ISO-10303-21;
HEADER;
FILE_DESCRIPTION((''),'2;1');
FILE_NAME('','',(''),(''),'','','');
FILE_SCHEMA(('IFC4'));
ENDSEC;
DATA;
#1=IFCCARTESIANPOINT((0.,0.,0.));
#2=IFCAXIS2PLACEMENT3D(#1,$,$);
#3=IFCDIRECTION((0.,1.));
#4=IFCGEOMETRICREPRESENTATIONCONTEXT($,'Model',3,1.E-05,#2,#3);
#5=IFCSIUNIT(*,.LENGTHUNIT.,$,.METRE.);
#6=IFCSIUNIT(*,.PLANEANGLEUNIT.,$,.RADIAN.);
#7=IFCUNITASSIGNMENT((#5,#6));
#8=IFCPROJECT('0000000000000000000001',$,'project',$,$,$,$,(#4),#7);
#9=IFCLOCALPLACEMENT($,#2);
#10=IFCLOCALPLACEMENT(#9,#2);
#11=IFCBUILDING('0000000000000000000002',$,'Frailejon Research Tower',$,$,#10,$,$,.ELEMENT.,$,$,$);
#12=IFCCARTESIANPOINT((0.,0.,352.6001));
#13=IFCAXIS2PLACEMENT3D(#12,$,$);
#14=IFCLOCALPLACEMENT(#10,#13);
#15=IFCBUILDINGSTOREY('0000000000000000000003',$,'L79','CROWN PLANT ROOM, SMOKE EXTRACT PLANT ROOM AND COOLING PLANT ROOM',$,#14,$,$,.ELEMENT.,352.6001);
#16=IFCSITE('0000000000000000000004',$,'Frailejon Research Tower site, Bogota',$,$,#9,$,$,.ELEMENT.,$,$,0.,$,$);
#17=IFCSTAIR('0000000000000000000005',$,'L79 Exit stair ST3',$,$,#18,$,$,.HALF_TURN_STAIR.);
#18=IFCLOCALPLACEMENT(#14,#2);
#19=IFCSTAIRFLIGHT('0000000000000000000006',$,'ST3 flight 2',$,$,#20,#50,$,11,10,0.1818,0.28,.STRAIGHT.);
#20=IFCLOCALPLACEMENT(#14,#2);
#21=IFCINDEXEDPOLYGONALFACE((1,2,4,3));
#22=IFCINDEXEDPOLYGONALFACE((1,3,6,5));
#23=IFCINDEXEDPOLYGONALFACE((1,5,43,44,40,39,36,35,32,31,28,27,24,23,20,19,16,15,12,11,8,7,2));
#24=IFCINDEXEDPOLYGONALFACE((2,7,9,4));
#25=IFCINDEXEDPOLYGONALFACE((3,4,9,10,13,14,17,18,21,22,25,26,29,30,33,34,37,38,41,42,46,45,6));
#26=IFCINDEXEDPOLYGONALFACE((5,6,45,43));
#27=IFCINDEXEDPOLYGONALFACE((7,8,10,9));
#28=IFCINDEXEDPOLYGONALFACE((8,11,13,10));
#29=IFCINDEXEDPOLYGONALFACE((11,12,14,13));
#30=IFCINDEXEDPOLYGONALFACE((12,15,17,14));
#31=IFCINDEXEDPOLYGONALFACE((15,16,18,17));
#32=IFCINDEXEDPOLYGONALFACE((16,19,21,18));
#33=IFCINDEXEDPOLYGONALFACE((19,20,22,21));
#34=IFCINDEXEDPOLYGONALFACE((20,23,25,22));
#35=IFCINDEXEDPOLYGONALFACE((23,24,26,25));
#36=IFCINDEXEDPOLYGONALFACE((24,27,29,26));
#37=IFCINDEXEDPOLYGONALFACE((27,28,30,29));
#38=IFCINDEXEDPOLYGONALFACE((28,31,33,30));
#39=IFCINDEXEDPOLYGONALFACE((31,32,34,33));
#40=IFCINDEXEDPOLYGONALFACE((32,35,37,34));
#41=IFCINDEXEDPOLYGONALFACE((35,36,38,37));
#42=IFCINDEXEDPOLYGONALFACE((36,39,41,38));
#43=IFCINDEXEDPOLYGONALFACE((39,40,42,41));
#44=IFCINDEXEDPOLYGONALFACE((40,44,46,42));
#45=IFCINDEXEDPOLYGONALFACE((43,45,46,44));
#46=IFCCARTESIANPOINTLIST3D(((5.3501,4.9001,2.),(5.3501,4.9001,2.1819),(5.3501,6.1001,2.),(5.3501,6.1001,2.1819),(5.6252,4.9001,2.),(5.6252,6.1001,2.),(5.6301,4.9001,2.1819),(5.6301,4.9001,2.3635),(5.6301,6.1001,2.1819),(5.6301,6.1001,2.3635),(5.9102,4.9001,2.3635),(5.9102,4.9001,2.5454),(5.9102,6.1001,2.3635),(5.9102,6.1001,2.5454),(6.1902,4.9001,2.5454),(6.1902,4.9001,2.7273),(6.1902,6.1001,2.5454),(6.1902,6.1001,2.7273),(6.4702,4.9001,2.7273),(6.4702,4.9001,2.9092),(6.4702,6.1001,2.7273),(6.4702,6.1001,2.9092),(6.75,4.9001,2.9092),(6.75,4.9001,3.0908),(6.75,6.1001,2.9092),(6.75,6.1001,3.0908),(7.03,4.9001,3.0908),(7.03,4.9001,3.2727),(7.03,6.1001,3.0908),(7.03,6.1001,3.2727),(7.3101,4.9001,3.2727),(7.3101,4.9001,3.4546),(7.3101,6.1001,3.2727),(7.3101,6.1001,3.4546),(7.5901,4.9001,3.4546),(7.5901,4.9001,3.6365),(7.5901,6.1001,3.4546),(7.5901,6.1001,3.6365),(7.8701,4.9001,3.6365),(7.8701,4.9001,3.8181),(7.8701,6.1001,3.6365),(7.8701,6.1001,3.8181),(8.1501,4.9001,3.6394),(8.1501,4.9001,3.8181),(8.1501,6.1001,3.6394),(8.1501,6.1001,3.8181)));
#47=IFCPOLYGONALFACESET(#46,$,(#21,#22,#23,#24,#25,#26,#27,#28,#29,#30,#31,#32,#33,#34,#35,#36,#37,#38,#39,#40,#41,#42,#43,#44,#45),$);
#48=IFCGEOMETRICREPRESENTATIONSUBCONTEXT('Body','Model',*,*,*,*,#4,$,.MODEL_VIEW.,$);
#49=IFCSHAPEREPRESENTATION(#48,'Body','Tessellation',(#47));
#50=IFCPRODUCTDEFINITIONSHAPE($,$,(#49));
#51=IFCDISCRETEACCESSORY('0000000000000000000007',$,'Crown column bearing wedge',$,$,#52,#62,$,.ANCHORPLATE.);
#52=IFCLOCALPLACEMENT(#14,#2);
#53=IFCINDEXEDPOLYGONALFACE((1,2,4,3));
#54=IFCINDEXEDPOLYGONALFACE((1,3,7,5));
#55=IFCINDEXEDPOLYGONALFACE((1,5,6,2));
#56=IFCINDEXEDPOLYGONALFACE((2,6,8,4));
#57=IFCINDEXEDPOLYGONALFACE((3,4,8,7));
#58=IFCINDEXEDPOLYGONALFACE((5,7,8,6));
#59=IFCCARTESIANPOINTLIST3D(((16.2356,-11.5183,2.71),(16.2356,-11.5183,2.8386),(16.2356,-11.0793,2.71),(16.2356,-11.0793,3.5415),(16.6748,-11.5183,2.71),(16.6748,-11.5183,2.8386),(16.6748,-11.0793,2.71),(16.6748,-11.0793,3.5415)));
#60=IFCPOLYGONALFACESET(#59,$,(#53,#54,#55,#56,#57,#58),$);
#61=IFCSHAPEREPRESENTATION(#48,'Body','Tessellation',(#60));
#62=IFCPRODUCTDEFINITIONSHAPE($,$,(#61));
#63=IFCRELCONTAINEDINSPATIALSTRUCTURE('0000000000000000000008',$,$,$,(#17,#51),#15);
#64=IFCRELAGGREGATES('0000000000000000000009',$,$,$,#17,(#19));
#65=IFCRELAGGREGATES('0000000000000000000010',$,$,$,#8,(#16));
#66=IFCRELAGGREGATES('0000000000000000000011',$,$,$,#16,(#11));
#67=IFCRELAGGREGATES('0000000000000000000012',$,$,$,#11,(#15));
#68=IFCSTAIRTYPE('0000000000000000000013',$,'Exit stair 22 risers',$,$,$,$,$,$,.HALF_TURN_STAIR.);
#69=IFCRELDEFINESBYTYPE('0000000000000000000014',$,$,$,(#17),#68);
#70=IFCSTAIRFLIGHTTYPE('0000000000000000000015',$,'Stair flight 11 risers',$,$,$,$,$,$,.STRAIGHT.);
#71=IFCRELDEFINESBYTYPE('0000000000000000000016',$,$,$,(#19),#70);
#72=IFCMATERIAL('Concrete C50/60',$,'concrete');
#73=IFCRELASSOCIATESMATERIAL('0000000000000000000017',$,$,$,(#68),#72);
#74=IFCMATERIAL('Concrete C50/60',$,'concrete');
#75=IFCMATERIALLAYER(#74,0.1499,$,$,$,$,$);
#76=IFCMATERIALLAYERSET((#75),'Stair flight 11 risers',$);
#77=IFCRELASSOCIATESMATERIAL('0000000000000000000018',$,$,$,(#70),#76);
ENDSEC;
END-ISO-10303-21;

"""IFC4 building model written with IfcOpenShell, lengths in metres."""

from ifc_helpers import new_model, si_unit, direction, frame, origin, place, context, subcontext, project, spatial, polyline, outline, extrude, material, layer, layer_set, type_object, element, aggregate, save


model = new_model("IFC4")

# Units and contexts
model_context = context("Model", 3, precision=1e-05, world=origin(), true_north=direction((0.0, 1.0)))
body_context = subcontext(model_context, "Body", "Model", "MODEL_VIEW")
ifc_project = project(units=[si_unit("LENGTHUNIT", "METRE"), si_unit("PLANEANGLEUNIT", "RADIAN")], contexts=[model_context])

# Site, building, storey
site_placement = place(None, origin())
site = spatial("IfcSite", under=ifc_project, at=site_placement, Name="Frailejon Research Tower site, Bogota", CompositionType="ELEMENT", RefElevation=0.0)
building_placement = place(site_placement, origin())
building = spatial("IfcBuilding", under=site, at=building_placement, Name="Frailejon Research Tower", CompositionType="ELEMENT")
storey_placement = place(building_placement, frame((0.0, 0.0, 352.6001)))
storey = spatial("IfcBuildingStorey", under=building, at=storey_placement, Name="L79", Description="CROWN PLANT ROOM, SMOKE EXTRACT PLANT ROOM AND COOLING PLANT ROOM", CompositionType="ELEMENT", Elevation=352.6001)

# Stair
ifc_material_1 = material(Name="Concrete C50/60", Category="concrete")
stair_type = type_object("IfcStairType", Name="Exit stair 22 risers", PredefinedType="HALF_TURN_STAIR", material=ifc_material_1)
stair_1_placement = place(storey_placement, origin())
stair_1 = element("IfcStair", 1, at=stair_1_placement, inside=storey, type_object=stair_type, Name="L79 Exit stair ST3", PredefinedType="HALF_TURN_STAIR")

# Stair flight
ifc_material_2 = material(Name="Concrete C50/60", Category="concrete")
ifc_layer_1 = layer(ifc_material_2, 0.1499)
ifc_layer_set_1 = layer_set([ifc_layer_1], Name="Stair flight 11 risers")
stair_flight_type = type_object("IfcStairFlightType", Name="Stair flight 11 risers", PredefinedType="STRAIGHT", material=ifc_layer_set_1)
stair_flight_placement = place(storey_placement, frame((5.3501, 5.5, 2.0), z_axis=(0.0, 0.0, 1.0), x_axis=(1.0, 0.0, 0.0)))
stair_flight = element("IfcStairFlight", 2, at=stair_flight_placement, type_object=stair_flight_type, Name="ST3 flight 2", NumberOfRisers=11, NumberOfTreads=10, PredefinedType="STRAIGHT", RiserHeight=0.1818, TreadLength=0.28, context=body_context, shape_type="SweptSolid", body=[
    extrude(outline(polyline([(0.0, 0.0), (0.0, 0.1819), (0.28, 0.1819), (0.28, 0.3635), (0.5601, 0.3635), (0.5601, 0.5454), (0.8401, 0.5454), (0.8401, 0.7273), (1.1201, 0.7273), (1.1201, 0.9092), (1.3999, 0.9092), (1.3999, 1.0908), (1.6799, 1.0908), (1.6799, 1.2727), (1.96, 1.2727), (1.96, 1.4546), (2.24, 1.4546), (2.24, 1.6365), (2.52, 1.6365), (2.52, 1.8181), (2.8, 1.8181), (2.8, 2.0), (2.8, 1.6394), (0.2751, 0.0), (0.0, 0.0)])), frame((0.0, 0.6001, 0.0), z_axis=(0.0, -1.0, 0.0), x_axis=(1.0, 0.0, 0.0)), (0.0, 0.0, 1.0), 1.2),
])
aggregate(stair_1, [stair_flight])

# Discrete accessory
discrete_accessory_placement = place(storey_placement, frame((16.2356, -11.2988, 2.71), z_axis=(1.0, 0.0, 0.0), x_axis=(0.0, 1.0, 0.0)))
element("IfcDiscreteAccessory", 3, at=discrete_accessory_placement, inside=storey, Name="Crown column bearing wedge", PredefinedType="ANCHORPLATE", context=body_context, shape_type="SweptSolid", body=[
    extrude(outline(polyline([(-0.2195, 0.0), (0.2195, 0.0), (0.2195, 0.8315), (-0.2195, 0.1287), (-0.2195, 0.0)])), origin(), (0.0, 0.0, 1.0), 0.4392),
])

save(model, "model.ifc")
